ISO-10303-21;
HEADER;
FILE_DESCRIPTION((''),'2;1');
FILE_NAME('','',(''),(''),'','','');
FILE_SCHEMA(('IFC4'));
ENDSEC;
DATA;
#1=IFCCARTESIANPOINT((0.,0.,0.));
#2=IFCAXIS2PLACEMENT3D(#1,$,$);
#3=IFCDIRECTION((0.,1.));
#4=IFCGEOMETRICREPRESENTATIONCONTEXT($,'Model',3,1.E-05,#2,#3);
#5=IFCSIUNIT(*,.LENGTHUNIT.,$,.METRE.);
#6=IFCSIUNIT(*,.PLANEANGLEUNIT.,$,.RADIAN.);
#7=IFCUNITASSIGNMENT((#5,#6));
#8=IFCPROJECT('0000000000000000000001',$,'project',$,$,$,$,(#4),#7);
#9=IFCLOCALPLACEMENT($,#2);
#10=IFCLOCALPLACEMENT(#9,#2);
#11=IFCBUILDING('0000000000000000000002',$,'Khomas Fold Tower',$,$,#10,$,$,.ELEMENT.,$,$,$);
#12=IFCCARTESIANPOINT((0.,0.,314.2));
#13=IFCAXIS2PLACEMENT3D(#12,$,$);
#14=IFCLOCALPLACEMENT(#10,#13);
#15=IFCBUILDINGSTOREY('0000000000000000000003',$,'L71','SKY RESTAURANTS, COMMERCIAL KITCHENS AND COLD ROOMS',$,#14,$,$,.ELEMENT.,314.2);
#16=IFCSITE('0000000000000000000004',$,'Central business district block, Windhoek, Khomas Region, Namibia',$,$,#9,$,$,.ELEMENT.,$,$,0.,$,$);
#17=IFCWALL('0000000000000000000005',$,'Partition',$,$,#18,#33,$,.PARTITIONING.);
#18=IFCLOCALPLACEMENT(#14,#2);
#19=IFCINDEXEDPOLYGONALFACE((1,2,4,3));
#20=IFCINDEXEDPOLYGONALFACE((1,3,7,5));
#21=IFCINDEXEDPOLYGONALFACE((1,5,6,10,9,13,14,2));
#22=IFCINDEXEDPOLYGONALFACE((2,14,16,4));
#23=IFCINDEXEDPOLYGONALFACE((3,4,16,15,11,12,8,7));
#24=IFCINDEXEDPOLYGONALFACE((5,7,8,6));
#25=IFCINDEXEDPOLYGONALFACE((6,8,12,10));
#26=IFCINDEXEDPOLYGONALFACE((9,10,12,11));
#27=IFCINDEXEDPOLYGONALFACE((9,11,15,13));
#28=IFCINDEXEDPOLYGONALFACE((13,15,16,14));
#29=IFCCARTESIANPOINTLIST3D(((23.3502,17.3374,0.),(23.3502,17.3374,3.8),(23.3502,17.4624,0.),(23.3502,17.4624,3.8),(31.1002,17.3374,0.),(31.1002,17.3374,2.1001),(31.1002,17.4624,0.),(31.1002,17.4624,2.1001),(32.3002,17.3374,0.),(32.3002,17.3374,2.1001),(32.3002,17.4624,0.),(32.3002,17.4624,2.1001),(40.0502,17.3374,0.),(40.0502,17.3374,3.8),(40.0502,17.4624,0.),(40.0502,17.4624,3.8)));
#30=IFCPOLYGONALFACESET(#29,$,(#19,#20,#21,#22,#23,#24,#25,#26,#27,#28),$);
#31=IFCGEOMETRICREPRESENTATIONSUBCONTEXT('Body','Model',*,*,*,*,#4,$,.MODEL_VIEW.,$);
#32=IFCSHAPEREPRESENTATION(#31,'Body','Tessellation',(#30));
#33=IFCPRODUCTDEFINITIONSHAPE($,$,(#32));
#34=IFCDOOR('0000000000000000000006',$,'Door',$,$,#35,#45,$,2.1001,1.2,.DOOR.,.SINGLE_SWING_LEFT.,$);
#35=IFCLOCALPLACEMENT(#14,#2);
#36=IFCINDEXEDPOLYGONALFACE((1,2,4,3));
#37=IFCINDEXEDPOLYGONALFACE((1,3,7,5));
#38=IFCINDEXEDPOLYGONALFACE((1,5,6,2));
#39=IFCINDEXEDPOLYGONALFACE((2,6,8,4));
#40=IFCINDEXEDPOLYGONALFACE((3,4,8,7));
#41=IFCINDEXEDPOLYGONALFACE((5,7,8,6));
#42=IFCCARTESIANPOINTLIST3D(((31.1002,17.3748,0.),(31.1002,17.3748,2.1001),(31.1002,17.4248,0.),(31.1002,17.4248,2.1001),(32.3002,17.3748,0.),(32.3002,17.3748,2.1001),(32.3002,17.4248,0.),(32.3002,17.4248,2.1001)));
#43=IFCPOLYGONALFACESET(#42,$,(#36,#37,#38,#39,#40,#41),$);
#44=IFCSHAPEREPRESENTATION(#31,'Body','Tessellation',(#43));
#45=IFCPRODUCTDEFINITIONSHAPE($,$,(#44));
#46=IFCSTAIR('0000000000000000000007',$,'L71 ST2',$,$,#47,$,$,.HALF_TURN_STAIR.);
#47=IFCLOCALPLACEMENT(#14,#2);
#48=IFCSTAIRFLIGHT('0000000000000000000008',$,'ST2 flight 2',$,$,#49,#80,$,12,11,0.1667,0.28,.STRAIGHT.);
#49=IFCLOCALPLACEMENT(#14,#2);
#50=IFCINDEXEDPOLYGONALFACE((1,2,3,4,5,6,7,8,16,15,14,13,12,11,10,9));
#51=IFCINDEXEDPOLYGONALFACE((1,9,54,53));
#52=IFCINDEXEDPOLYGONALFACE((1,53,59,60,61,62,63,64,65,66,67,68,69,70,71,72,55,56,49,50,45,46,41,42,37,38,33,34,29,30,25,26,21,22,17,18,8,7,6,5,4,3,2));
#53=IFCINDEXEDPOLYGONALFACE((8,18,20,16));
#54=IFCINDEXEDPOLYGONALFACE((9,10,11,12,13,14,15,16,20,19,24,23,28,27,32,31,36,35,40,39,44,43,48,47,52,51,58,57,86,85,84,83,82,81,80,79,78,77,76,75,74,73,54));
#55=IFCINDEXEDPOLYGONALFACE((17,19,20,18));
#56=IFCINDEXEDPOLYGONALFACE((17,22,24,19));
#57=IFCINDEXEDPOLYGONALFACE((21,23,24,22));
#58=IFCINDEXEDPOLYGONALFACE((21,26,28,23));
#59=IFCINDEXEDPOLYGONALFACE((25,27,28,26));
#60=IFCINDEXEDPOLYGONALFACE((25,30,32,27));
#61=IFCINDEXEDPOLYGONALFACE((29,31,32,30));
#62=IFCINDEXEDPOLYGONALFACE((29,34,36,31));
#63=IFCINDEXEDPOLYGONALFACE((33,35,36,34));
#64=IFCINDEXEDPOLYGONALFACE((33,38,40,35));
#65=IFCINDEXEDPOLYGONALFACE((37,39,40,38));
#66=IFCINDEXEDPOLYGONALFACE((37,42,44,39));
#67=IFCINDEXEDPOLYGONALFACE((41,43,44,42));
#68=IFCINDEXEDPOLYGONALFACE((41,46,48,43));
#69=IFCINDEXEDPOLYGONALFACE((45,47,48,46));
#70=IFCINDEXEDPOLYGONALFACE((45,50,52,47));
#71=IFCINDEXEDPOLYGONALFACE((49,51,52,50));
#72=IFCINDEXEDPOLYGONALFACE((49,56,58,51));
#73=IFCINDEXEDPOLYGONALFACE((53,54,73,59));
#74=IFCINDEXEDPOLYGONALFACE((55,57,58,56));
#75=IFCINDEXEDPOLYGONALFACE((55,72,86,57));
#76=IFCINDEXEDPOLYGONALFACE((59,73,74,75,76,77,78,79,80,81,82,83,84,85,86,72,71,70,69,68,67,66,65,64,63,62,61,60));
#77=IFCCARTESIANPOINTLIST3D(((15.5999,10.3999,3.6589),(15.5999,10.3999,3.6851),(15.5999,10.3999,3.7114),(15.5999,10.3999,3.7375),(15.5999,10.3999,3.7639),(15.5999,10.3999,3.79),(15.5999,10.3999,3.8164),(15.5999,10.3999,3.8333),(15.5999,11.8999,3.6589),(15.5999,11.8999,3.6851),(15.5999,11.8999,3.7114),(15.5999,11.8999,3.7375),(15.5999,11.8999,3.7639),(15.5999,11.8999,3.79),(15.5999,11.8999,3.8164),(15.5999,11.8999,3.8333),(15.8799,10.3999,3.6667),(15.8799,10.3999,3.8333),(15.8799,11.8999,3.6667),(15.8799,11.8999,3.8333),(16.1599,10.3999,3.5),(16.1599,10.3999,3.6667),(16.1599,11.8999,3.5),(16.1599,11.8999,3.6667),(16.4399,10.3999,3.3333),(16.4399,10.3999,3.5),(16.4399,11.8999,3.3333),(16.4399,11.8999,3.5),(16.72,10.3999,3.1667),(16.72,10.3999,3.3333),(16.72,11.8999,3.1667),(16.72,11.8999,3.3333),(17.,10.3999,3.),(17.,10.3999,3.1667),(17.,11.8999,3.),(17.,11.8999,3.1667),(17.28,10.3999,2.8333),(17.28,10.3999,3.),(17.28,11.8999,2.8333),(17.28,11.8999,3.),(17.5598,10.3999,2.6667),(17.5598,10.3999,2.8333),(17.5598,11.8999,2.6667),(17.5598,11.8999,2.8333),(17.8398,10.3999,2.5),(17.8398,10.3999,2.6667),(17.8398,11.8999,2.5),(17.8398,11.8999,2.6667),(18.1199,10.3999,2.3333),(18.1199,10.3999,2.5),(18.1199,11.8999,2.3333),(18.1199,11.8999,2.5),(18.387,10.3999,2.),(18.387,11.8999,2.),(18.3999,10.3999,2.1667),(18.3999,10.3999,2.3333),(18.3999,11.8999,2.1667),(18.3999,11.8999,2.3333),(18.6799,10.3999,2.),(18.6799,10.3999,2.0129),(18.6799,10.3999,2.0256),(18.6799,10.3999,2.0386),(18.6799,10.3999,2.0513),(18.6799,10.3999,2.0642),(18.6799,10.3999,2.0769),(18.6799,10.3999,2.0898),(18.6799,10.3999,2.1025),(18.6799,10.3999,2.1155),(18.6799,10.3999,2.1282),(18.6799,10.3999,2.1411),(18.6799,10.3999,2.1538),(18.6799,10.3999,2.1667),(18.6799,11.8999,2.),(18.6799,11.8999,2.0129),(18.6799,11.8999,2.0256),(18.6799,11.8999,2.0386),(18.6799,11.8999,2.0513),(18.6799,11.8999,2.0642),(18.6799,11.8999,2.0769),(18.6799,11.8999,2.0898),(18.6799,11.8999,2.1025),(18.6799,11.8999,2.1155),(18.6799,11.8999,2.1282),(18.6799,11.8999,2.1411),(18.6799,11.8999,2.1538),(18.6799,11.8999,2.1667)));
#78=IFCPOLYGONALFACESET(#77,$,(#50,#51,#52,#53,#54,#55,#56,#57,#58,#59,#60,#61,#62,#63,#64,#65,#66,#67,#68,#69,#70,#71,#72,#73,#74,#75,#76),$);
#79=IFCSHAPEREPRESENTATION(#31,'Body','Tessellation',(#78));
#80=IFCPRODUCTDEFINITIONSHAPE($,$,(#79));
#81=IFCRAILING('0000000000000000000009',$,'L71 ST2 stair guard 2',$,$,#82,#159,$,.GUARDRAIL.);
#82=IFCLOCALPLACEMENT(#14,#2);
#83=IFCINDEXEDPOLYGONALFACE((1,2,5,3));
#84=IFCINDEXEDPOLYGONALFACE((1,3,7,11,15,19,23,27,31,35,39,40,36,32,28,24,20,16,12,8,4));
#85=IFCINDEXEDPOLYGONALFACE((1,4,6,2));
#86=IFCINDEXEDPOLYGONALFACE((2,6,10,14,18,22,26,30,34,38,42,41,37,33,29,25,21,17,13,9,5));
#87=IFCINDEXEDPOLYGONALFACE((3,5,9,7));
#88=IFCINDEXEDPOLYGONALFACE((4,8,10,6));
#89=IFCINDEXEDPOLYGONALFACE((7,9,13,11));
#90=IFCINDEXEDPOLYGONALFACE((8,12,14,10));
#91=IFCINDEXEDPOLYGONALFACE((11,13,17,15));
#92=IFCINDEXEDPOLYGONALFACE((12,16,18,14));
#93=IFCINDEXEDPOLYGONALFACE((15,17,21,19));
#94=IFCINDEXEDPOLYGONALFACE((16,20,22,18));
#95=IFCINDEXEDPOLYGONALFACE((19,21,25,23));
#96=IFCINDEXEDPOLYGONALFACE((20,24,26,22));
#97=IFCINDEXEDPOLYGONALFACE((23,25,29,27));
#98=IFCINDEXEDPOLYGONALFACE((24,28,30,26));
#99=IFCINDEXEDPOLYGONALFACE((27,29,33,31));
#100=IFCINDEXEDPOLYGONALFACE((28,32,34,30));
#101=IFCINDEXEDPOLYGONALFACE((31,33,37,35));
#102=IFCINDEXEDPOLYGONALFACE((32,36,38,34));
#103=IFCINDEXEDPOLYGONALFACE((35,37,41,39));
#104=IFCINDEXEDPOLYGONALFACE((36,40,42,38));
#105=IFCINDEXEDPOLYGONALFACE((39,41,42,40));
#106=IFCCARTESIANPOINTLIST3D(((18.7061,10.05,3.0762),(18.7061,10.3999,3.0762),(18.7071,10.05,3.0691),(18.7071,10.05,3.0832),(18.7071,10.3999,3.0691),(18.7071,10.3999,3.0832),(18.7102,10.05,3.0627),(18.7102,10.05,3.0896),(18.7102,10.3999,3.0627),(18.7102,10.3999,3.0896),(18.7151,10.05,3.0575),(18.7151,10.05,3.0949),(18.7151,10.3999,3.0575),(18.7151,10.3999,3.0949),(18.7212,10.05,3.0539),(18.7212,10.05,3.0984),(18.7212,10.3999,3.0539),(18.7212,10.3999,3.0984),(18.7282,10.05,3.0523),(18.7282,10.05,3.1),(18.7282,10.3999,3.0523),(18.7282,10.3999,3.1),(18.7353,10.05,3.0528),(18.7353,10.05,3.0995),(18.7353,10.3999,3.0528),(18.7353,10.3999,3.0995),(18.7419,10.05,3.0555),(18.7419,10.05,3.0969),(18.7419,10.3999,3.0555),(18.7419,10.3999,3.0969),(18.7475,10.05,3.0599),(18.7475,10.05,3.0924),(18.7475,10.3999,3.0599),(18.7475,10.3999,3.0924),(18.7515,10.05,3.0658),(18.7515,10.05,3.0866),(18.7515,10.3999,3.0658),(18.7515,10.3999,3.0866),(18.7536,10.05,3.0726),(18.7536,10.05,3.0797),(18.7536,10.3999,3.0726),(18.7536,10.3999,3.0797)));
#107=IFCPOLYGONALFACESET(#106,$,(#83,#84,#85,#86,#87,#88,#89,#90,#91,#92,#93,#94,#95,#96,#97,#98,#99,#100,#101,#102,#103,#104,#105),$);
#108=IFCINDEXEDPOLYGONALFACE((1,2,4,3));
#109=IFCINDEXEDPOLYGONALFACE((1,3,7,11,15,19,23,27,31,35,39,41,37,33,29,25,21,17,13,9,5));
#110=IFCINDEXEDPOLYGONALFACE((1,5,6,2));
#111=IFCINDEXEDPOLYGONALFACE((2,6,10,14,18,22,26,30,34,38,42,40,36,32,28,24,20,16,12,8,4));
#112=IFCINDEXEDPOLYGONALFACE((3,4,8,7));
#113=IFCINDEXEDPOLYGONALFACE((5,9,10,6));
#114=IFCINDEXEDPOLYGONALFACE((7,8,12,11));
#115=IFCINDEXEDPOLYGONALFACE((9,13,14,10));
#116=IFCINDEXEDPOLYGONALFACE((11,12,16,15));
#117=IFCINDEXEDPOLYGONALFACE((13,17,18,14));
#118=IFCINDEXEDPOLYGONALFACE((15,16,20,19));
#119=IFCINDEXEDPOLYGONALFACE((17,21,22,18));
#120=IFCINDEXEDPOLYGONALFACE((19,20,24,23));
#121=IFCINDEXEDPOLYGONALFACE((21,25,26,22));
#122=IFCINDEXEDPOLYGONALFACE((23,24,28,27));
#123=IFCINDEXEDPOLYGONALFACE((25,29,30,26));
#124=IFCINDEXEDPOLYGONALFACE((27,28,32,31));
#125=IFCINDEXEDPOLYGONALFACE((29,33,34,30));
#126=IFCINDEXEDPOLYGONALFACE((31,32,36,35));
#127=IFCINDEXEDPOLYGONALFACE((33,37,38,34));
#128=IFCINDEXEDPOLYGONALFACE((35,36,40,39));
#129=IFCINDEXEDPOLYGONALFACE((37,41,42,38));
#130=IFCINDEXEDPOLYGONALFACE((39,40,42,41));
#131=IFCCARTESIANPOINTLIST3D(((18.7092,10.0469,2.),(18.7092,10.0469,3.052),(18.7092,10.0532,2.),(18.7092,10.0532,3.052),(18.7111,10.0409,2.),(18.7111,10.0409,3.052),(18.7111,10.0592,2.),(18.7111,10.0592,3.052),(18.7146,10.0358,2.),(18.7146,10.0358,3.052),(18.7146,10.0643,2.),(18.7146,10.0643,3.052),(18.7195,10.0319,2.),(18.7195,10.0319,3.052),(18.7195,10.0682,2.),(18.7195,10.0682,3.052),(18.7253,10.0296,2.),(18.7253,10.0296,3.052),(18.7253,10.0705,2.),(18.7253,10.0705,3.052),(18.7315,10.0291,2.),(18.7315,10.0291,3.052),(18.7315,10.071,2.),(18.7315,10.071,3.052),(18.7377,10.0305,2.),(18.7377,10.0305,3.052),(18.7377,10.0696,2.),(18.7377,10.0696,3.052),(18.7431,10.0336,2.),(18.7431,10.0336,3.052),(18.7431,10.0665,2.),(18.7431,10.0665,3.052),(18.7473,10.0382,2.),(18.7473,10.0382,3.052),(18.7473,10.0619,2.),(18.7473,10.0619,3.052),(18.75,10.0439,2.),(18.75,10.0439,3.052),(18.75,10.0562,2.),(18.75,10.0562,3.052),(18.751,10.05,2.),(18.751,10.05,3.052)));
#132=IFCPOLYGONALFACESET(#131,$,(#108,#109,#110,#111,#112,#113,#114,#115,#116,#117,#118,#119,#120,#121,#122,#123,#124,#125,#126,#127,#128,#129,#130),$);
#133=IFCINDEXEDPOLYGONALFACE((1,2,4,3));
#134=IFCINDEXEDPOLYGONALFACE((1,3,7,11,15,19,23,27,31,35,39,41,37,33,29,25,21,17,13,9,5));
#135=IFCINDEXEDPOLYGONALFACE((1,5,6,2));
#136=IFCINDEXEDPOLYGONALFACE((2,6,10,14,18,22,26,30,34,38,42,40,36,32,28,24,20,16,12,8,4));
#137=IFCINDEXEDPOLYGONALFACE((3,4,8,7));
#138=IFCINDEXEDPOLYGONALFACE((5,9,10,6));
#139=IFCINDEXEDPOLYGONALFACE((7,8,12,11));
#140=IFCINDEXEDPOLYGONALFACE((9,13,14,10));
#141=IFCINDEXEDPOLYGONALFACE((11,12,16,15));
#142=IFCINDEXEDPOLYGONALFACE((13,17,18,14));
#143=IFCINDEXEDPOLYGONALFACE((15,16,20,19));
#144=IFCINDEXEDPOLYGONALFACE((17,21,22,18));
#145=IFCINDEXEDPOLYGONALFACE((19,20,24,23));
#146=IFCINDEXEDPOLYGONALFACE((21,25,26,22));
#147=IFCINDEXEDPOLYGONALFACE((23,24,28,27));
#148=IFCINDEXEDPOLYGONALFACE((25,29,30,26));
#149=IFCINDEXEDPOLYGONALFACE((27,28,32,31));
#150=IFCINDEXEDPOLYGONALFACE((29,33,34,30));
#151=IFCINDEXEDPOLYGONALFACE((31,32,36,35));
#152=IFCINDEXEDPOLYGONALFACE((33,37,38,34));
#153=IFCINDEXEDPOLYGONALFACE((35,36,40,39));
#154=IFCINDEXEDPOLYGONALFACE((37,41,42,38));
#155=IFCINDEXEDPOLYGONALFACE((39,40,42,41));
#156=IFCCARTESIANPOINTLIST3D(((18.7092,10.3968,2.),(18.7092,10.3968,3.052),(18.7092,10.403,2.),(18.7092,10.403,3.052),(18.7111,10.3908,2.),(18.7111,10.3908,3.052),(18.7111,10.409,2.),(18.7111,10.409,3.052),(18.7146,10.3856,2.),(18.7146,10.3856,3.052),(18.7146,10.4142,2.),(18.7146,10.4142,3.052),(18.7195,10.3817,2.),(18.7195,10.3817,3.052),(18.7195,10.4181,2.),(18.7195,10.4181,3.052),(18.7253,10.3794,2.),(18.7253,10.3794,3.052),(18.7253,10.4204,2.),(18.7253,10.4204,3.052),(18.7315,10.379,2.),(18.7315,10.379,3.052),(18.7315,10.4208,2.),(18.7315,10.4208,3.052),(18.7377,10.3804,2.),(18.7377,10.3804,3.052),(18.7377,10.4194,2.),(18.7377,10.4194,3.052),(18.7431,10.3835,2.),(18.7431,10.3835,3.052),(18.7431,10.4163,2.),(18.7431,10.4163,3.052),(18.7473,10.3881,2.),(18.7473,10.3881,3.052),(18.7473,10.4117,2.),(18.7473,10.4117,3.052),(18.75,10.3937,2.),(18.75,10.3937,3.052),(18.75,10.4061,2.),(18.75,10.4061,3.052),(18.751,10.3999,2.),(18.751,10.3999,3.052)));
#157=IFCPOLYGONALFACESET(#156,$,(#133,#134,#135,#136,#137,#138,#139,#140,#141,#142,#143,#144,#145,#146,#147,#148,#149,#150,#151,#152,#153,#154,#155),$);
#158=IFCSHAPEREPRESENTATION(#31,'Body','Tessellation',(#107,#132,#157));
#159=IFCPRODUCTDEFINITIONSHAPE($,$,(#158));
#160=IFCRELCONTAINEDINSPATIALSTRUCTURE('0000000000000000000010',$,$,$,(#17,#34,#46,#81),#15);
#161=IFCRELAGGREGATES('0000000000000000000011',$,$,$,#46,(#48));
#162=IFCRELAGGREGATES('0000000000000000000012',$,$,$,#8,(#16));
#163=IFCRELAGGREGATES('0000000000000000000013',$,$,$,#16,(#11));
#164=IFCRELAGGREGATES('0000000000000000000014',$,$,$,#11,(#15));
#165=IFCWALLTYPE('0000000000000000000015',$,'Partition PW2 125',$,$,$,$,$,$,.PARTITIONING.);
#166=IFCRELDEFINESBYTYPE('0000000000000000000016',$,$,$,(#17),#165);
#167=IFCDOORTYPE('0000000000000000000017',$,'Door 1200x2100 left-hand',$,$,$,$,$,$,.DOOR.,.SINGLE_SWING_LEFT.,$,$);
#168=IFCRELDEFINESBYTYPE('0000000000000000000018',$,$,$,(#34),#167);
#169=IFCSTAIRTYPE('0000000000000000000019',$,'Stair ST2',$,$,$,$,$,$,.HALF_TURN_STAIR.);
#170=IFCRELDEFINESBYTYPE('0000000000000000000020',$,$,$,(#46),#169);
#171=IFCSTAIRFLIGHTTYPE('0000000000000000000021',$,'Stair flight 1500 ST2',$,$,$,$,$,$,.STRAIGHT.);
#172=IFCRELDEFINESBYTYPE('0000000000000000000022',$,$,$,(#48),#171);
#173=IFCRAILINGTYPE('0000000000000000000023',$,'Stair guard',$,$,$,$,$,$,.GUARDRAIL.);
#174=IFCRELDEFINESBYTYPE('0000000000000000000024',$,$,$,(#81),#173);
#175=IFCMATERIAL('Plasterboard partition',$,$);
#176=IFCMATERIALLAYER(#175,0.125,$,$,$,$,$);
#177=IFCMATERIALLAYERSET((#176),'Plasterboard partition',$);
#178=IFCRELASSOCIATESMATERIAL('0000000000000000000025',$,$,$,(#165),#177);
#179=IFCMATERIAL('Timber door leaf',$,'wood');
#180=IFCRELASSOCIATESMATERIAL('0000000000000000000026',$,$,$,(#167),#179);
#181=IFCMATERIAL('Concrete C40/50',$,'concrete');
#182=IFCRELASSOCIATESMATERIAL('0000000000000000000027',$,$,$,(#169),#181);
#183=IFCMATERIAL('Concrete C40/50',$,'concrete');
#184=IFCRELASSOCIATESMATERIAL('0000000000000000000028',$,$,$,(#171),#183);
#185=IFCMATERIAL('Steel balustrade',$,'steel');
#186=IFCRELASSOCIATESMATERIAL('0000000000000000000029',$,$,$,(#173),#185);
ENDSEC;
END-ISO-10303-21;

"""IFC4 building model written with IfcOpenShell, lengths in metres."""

from ifc_helpers import new_model, si_unit, direction, frame, frame_2d, origin, origin_2d, place, context, subcontext, project, spatial, polyline, rectangle, circle, outline, extrude, source, transform, mapped, material, layer, layer_set, type_object, element, fill, aggregate, save


model = new_model("IFC4")

# Units and contexts
model_context = context("Model", 3, precision=1e-05, world=origin(), true_north=direction((0.0, 1.0)))
body_context = subcontext(model_context, "Body", "Model", "MODEL_VIEW")
ifc_project = project(units=[si_unit("LENGTHUNIT", "METRE"), si_unit("PLANEANGLEUNIT", "RADIAN")], contexts=[model_context])

# Site, building, storey
site_placement = place(None, origin())
site = spatial("IfcSite", under=ifc_project, at=site_placement, Name="Central business district block, Windhoek, Khomas Region, Namibia", CompositionType="ELEMENT", RefElevation=0.0)
building_placement = place(site_placement, origin())
building = spatial("IfcBuilding", under=site, at=building_placement, Name="Khomas Fold Tower", CompositionType="ELEMENT")
storey_placement = place(building_placement, frame((0.0, 0.0, 314.2)))
storey = spatial("IfcBuildingStorey", under=building, at=storey_placement, Name="L71", Description="SKY RESTAURANTS, COMMERCIAL KITCHENS AND COLD ROOMS", CompositionType="ELEMENT", Elevation=314.2)

# Wall, opening, door
ifc_material_1 = material(Name="Plasterboard partition")
ifc_layer_1 = layer(ifc_material_1, 0.125)
ifc_layer_set_1 = layer_set([ifc_layer_1], Name="Plasterboard partition")
wall_type_1 = type_object("IfcWallType", Name="Partition PW2 125", PredefinedType="PARTITIONING", material=ifc_layer_set_1)
shared_shape_1 = source(origin(), body_context, "Body", "SweptSolid", [
    extrude(rectangle(XDim=1.2, YDim=2.1001, at=frame_2d((0.6001, 1.05))), frame((0.0, 0.0725, 0.0), z_axis=(0.0, -1.0, 0.0), x_axis=(1.0, 0.0, 0.0)), (0.0, 0.0, 1.0), 0.145),
])
ifc_material_2 = material(Name="Timber door leaf", Category="wood")
door_type_1 = type_object("IfcDoorType", Name="Door 1200x2100 left-hand", OperationType="SINGLE_SWING_LEFT", PredefinedType="DOOR", material=ifc_material_2)
shared_shape_2 = source(origin(), body_context, "Body", "SweptSolid", [
    extrude(rectangle(XDim=1.2, YDim=2.1001, at=frame_2d((0.6001, 1.05))), frame((0.0, 0.0249, 0.0), z_axis=(0.0, -1.0, 0.0), x_axis=(1.0, 0.0, 0.0)), (0.0, 0.0, 1.0), 0.05),
])
shared_shape_3 = source(origin(), body_context, "Body", "SweptSolid", [
    extrude(rectangle(XDim=16.7, YDim=0.125, at=frame_2d((8.3501, 0.0))), origin(), (0.0, 0.0, 1.0), 3.8),
])
wall_1_placement = place(storey_placement, frame((23.3501, 17.3999, 0.0), z_axis=(0.0, 0.0, 1.0), x_axis=(1.0, 0.0, 0.0)))
wall_1 = element("IfcWall", 1, at=wall_1_placement, inside=storey, type_object=wall_type_1, Name="Partition", PredefinedType="PARTITIONING", context=body_context, shape_type="MappedRepresentation", body=[
    mapped(shared_shape_3, transform((0.0, 0.0, 0.0))),
])
opening_1_placement = place(wall_1_placement, frame((7.75, 0.0, 0.0)))
opening_1 = element("IfcOpeningElement", 2, at=opening_1_placement, cuts=wall_1, PredefinedType="OPENING", context=body_context, shape_type="MappedRepresentation", body=[
    mapped(shared_shape_1, transform((0.0, 0.0, 0.0))),
])
door_1_placement = place(opening_1_placement, origin())
door_1 = element("IfcDoor", 3, at=door_1_placement, inside=storey, type_object=door_type_1, Name="Door", OperationType="SINGLE_SWING_LEFT", OverallHeight=2.1001, OverallWidth=1.2, PredefinedType="DOOR", context=body_context, shape_type="MappedRepresentation", body=[
    mapped(shared_shape_2, transform((0.0, 0.0, 0.0))),
])
fill(opening_1, door_1)

# Stair, stair flight
ifc_material_3 = material(Name="Concrete C40/50", Category="concrete")
stair_type = type_object("IfcStairType", Name="Stair ST2", PredefinedType="HALF_TURN_STAIR", material=ifc_material_3)
stair_placement = place(storey_placement, origin())
stair = element("IfcStair", 4, at=stair_placement, inside=storey, type_object=stair_type, Name="L71 ST2", PredefinedType="HALF_TURN_STAIR")
ifc_material_4 = material(Name="Concrete C40/50", Category="concrete")
stair_flight_type = type_object("IfcStairFlightType", Name="Stair flight 1500 ST2", PredefinedType="STRAIGHT", material=ifc_material_4)
shared_shape_4 = source(origin(), body_context, "Body", "SweptSolid", [
    extrude(outline(polyline([(0.0, 0.0), (0.0, 0.0129), (0.0, 0.0256), (0.0, 0.0386), (0.0, 0.0513), (0.0, 0.0642), (0.0, 0.0769), (0.0, 0.0898), (0.0, 0.1025), (0.0, 0.1155), (0.0, 0.1282), (0.0, 0.1411), (0.0, 0.1538), (0.0, 0.1667), (0.28, 0.1667), (0.28, 0.3333), (0.5601, 0.3333), (0.5601, 0.5), (0.8401, 0.5), (0.8401, 0.6667), (1.1201, 0.6667), (1.1201, 0.8333), (1.3999, 0.8333), (1.3999, 1.0), (1.6799, 1.0), (1.6799, 1.1667), (1.96, 1.1667), (1.96, 1.3333), (2.24, 1.3333), (2.24, 1.5), (2.52, 1.5), (2.52, 1.6667), (2.8, 1.6667), (2.8, 1.8333), (3.0801, 1.8333), (3.0801, 2.0), (3.0801, 1.9739), (3.0801, 1.9475), (3.0801, 1.9214), (3.0801, 1.895), (3.0801, 1.8689), (3.0801, 1.8425), (3.0801, 1.8164), (3.0801, 1.79), (3.0801, 1.7639), (3.0801, 1.7375), (3.0801, 1.7114), (3.0801, 1.6851), (3.0801, 1.6589), (0.293, 0.0), (0.0, 0.0)])), frame((0.0, 0.75, 0.0), z_axis=(0.0, -1.0, 0.0), x_axis=(1.0, 0.0, 0.0)), (0.0, 0.0, 1.0), 1.5),
])
stair_flight_placement = place(storey_placement, frame((18.6799, 11.1499, 2.0), z_axis=(0.0, 0.0, 1.0), x_axis=(-1.0, 0.0, 0.0)))
stair_flight = element("IfcStairFlight", 5, at=stair_flight_placement, type_object=stair_flight_type, Name="ST2 flight 2", NumberOfRisers=12, NumberOfTreads=11, PredefinedType="STRAIGHT", RiserHeight=0.1667, TreadLength=0.28, context=body_context, shape_type="MappedRepresentation", body=[
    mapped(shared_shape_4, transform((0.0, 0.0, 0.0))),
])
aggregate(stair, [stair_flight])

# Railing
ifc_material_5 = material(Name="Steel balustrade", Category="steel")
railing_type_1 = type_object("IfcRailingType", Name="Stair guard", PredefinedType="GUARDRAIL", material=ifc_material_5)
shared_shape_5 = source(origin(), body_context, "Body", "SweptSolid", [
    extrude(circle(Radius=0.0239, at=origin_2d()), frame((0.0, 0.0, 1.0762), z_axis=(0.0, 1.0, 0.0), x_axis=(-1.0, 0.0, 0.0)), (0.0, 0.0, 1.0), 0.3499),
    extrude(circle(Radius=0.021, at=origin_2d()), origin(), (0.0, 0.0, 1.0), 1.052),
    extrude(circle(Radius=0.021, at=origin_2d()), frame((0.0, 0.3499, 0.0)), (0.0, 0.0, 1.0), 1.052),
])
for number, where, name in (
    (6, (18.73, 10.05, 2.0), "L71 ST2 stair guard 2"),
):
    element("IfcRailing", number, at=place(storey_placement, frame(where)), inside=storey, type_object=railing_type_1, Name=name, PredefinedType="GUARDRAIL", context=body_context, shape_type="MappedRepresentation", body=[
        mapped(shared_shape_5, transform((0.0, 0.0, 0.0))),
    ])

save(model, "model.ifc")
